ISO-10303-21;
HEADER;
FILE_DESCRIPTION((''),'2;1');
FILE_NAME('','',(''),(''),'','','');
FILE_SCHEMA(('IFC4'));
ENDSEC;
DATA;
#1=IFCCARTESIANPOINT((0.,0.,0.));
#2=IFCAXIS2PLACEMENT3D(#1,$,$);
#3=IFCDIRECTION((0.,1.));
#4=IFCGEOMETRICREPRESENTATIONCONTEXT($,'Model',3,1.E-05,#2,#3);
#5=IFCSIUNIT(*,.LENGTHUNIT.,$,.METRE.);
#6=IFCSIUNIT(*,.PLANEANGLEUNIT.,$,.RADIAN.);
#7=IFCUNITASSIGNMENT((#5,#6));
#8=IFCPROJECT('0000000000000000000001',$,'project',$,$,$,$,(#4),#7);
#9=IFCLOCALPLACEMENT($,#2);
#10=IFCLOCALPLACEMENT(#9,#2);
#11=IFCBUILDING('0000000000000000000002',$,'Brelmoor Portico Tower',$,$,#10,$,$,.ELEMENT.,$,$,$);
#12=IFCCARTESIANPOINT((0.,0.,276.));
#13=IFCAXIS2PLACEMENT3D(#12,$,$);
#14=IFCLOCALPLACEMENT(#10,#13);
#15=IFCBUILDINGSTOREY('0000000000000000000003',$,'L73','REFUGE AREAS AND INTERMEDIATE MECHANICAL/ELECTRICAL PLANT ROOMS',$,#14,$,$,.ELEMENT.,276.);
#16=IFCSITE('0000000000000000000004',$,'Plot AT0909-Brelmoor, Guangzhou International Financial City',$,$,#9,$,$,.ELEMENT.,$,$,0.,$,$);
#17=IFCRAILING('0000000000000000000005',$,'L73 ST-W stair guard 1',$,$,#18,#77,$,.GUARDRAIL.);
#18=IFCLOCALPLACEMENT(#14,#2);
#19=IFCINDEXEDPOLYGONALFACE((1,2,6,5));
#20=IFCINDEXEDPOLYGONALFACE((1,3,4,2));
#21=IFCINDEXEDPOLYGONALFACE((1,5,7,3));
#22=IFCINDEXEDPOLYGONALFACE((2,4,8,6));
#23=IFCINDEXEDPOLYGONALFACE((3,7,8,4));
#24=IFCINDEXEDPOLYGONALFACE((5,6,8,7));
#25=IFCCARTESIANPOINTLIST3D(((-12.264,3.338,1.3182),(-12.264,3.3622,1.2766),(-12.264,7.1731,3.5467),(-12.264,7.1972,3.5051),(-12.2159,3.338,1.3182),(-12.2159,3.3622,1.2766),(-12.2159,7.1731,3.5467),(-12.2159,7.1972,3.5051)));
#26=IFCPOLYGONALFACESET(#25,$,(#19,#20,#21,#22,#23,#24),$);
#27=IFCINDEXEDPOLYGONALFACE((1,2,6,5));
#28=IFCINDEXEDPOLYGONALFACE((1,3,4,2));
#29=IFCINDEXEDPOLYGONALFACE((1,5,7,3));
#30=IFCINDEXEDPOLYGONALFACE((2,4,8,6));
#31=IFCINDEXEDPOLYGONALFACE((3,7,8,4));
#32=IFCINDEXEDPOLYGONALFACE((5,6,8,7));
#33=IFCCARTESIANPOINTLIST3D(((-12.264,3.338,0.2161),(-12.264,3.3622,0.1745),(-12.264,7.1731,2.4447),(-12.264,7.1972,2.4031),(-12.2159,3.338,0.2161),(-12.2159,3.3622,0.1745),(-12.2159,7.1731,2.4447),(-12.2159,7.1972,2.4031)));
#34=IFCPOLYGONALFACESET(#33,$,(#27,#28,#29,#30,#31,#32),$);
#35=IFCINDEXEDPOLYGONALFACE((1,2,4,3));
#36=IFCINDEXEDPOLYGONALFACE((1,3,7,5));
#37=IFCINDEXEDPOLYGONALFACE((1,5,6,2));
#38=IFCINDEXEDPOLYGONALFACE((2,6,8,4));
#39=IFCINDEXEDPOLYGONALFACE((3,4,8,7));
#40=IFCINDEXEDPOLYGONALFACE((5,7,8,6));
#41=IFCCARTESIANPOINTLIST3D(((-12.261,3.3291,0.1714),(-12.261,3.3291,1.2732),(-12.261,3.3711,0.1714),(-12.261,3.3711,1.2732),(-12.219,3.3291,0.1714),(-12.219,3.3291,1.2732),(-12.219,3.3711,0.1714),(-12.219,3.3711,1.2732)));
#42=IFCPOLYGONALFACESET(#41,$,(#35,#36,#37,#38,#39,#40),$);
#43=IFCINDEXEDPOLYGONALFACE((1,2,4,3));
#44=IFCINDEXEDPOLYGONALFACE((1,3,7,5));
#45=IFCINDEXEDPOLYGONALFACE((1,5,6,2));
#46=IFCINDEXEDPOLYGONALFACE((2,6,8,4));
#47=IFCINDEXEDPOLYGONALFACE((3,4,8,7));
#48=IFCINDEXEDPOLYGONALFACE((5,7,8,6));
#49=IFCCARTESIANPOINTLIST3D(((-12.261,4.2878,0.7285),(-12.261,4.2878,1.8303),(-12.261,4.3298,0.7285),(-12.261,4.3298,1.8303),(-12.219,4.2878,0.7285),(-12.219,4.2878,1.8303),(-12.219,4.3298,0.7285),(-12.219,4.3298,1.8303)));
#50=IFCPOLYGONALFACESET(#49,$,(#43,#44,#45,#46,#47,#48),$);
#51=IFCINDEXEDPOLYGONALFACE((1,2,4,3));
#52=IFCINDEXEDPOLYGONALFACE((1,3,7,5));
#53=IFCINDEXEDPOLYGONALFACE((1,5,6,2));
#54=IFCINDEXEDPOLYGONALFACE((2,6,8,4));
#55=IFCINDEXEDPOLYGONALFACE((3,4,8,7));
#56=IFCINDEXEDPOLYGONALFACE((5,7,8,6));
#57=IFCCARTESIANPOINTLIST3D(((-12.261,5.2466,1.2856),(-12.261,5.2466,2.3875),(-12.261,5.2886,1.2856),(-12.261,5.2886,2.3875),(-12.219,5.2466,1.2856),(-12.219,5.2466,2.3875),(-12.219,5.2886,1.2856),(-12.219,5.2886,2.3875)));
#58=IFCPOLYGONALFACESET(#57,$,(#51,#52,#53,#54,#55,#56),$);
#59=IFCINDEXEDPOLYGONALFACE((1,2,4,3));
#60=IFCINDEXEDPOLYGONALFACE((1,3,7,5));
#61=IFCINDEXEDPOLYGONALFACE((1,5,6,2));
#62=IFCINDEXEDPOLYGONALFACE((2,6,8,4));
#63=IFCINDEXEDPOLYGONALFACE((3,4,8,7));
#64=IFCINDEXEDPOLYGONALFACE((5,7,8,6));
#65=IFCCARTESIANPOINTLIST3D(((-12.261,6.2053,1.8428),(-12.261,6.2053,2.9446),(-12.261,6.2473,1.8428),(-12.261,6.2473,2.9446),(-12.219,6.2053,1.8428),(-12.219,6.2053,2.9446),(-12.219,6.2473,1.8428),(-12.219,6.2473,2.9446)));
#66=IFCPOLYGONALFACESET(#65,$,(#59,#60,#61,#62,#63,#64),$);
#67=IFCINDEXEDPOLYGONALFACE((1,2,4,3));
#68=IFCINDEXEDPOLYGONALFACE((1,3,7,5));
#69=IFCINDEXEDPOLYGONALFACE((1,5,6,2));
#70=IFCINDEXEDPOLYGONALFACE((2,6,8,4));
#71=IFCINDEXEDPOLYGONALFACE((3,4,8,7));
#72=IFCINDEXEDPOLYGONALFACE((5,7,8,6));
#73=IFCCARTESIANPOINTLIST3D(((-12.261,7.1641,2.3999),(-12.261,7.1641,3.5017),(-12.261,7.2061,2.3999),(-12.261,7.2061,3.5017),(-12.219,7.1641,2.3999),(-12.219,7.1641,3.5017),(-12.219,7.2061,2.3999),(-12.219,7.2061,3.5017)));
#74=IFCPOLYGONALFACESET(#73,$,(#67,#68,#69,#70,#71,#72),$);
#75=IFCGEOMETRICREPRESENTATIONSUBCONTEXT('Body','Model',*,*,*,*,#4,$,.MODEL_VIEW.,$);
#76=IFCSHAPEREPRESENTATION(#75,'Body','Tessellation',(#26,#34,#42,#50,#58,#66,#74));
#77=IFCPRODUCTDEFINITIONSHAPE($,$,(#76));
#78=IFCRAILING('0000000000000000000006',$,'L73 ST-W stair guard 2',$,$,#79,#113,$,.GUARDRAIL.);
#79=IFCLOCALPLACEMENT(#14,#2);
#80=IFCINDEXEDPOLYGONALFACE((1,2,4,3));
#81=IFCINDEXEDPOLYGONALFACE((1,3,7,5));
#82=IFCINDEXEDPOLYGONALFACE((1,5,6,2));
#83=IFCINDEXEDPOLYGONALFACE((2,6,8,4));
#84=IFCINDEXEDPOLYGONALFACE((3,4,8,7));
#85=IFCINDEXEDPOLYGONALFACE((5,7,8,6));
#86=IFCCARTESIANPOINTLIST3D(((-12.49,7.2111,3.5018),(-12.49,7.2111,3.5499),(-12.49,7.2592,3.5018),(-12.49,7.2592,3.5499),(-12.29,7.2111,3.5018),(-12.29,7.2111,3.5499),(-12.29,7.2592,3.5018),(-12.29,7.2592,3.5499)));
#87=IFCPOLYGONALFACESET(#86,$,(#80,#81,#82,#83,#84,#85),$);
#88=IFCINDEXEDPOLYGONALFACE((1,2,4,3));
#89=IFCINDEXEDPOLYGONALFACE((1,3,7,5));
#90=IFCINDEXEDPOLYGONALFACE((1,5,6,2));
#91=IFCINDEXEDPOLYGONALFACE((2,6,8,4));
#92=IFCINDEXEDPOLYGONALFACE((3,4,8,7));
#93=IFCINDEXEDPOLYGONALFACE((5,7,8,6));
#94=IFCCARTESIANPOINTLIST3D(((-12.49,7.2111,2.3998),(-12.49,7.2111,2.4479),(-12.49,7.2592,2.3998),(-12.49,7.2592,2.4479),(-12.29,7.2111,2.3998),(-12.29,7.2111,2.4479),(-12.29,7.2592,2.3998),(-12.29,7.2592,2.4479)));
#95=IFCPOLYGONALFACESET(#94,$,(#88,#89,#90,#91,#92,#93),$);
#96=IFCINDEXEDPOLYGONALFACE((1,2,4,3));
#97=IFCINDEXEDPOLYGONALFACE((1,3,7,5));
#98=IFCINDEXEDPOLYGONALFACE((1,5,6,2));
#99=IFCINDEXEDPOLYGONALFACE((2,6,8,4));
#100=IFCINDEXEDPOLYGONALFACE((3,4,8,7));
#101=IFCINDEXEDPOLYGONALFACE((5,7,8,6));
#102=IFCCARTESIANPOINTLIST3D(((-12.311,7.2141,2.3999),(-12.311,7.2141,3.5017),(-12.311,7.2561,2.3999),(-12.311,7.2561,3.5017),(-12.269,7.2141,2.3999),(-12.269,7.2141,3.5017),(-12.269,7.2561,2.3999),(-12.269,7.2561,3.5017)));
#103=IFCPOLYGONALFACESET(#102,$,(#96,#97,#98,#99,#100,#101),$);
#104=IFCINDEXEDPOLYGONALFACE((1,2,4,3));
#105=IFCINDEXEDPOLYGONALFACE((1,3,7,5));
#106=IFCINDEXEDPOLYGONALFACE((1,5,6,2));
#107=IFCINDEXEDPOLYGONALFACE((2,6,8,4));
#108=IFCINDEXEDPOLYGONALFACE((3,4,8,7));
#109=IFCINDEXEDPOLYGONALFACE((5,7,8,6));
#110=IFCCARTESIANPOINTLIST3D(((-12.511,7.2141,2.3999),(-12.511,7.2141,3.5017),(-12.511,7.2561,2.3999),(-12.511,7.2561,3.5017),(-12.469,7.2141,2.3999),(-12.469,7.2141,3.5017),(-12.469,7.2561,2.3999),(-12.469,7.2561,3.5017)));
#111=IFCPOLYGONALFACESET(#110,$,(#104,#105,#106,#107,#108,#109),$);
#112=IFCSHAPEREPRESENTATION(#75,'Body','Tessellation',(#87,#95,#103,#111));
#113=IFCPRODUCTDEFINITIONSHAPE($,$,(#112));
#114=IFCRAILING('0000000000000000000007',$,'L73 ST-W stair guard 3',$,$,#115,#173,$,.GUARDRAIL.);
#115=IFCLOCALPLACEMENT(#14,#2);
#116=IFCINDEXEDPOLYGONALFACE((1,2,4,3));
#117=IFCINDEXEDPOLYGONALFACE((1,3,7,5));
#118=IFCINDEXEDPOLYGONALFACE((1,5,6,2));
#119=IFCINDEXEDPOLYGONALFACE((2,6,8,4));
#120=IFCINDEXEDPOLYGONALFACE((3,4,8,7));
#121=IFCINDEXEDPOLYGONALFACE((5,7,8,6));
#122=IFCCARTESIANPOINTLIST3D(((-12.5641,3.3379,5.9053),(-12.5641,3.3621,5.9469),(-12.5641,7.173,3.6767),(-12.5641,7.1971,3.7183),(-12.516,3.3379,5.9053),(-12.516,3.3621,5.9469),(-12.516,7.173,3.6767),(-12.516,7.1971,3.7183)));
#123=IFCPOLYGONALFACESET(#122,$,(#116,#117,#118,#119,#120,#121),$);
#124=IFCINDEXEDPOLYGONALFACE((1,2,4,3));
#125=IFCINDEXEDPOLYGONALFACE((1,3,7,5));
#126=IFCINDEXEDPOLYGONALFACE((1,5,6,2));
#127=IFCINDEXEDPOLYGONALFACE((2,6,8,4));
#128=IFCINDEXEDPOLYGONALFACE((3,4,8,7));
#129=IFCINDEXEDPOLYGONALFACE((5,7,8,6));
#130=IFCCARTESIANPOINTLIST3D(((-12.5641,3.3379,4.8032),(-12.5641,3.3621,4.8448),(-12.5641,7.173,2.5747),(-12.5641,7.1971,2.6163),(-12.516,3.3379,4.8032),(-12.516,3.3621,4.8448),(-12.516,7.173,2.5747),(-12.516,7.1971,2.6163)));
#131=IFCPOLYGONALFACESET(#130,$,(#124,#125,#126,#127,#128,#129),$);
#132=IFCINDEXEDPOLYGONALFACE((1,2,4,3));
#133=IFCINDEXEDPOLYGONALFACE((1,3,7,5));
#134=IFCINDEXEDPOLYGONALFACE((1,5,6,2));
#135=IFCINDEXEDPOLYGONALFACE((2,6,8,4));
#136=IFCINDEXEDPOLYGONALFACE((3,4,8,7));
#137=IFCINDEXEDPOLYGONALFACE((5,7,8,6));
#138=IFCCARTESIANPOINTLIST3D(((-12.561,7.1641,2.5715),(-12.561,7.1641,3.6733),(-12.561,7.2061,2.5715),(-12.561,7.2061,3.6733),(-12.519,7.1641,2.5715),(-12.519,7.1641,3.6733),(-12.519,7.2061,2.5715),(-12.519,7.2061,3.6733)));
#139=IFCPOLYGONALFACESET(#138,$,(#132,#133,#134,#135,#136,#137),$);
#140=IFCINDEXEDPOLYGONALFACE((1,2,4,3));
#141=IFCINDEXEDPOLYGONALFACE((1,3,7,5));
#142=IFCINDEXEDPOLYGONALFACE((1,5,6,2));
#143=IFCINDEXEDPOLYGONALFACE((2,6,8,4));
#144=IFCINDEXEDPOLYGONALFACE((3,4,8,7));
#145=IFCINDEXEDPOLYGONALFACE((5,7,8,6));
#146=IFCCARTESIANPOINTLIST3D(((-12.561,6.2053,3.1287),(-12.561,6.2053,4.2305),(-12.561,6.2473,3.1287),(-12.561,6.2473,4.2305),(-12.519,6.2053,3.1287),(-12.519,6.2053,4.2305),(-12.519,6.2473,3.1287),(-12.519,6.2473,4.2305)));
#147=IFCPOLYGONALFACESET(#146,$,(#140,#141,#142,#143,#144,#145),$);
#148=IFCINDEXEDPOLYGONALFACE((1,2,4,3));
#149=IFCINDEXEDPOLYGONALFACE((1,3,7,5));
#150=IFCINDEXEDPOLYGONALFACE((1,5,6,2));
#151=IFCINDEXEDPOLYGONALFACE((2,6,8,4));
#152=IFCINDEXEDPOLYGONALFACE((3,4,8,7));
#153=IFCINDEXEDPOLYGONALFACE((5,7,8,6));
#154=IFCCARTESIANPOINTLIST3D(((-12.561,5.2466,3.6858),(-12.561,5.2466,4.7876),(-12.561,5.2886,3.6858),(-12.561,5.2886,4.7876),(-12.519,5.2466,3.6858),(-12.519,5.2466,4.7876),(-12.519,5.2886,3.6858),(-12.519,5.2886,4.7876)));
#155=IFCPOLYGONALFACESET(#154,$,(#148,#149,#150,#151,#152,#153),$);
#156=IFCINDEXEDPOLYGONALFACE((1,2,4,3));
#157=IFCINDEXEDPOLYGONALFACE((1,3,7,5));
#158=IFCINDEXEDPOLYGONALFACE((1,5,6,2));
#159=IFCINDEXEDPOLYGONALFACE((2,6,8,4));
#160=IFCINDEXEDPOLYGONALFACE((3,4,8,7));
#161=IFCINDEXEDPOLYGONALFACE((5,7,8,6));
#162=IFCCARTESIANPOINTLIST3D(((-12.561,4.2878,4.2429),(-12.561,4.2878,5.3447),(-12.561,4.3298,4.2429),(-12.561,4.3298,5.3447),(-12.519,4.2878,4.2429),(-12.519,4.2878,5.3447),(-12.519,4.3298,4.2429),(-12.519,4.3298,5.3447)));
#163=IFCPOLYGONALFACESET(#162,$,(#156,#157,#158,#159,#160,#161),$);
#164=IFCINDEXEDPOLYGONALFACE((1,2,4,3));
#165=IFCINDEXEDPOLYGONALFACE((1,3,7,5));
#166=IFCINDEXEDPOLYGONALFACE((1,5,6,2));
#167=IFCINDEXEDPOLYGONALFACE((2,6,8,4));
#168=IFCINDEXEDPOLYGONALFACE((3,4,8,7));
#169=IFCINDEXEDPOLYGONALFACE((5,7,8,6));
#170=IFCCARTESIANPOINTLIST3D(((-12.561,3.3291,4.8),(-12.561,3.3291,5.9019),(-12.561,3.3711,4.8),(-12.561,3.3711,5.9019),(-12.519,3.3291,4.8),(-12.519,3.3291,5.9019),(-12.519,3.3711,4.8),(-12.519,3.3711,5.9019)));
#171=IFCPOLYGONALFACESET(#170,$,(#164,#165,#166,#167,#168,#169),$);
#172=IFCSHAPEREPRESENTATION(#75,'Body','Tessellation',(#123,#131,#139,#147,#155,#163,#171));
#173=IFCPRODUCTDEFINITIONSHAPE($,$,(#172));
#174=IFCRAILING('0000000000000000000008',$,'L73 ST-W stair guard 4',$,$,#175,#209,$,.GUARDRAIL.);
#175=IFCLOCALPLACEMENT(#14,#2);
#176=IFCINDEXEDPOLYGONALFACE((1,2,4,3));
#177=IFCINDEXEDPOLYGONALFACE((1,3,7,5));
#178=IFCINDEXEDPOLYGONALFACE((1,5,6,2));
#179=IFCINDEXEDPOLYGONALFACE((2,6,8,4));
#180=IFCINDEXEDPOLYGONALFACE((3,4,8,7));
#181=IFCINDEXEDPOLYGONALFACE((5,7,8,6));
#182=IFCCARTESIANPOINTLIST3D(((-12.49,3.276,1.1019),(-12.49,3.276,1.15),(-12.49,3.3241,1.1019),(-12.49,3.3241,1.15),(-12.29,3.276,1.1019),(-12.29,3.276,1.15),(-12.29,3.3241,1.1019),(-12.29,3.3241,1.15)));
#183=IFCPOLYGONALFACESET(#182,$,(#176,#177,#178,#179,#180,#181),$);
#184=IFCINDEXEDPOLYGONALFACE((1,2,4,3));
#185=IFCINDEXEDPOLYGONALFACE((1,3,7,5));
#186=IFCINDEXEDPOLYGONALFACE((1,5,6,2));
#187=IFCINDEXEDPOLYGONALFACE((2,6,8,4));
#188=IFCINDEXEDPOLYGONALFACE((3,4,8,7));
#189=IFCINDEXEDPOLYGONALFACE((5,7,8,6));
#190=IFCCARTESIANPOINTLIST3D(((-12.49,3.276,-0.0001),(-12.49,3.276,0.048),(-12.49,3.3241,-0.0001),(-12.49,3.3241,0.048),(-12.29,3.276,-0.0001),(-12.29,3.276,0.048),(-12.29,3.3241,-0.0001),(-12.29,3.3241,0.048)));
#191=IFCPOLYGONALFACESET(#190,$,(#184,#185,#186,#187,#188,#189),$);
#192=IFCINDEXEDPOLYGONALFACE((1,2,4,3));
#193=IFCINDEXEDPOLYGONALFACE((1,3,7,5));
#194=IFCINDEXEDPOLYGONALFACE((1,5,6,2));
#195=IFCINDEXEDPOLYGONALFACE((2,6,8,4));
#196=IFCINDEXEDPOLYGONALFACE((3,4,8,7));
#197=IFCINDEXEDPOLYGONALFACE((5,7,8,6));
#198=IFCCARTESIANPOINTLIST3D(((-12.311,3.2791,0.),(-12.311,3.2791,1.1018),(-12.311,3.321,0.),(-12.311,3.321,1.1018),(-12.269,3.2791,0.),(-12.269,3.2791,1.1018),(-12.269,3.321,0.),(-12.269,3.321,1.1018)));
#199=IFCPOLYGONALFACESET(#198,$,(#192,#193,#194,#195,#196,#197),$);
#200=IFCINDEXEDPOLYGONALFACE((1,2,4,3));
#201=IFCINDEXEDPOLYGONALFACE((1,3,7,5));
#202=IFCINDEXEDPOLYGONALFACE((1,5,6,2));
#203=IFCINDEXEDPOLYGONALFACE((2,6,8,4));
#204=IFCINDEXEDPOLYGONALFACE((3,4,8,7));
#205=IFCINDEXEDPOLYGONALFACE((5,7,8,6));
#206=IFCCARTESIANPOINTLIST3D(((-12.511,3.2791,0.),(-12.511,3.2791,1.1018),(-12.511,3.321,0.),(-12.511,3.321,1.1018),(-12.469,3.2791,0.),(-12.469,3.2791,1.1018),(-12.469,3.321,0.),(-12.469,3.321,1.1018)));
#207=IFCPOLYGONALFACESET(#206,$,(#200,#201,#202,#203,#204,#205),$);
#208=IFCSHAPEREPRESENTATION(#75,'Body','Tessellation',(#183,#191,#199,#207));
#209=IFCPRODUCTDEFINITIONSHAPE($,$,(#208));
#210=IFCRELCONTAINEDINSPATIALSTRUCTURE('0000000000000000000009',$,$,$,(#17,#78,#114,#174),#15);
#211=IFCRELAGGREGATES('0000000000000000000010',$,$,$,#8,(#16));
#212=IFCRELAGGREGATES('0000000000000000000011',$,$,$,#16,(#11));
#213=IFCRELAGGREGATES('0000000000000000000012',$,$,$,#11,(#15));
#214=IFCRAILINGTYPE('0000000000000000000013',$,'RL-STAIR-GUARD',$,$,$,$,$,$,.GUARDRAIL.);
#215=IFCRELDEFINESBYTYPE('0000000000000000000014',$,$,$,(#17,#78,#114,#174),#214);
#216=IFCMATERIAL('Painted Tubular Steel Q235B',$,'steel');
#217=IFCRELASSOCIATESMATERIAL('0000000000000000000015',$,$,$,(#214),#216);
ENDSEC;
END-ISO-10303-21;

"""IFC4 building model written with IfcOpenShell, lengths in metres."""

from ifc_helpers import new_model, si_unit, direction, frame, origin, origin_2d, place, context, subcontext, project, spatial, rectangle, extrude, material, type_object, element, save


model = new_model("IFC4")

# Units and contexts
model_context = context("Model", 3, precision=1e-05, world=origin(), true_north=direction((0.0, 1.0)))
body_context = subcontext(model_context, "Body", "Model", "MODEL_VIEW")
ifc_project = project(units=[si_unit("LENGTHUNIT", "METRE"), si_unit("PLANEANGLEUNIT", "RADIAN")], contexts=[model_context])

# Site, building, storey
site_placement = place(None, origin())
site = spatial("IfcSite", under=ifc_project, at=site_placement, Name="Plot AT0909-Brelmoor, Guangzhou International Financial City", CompositionType="ELEMENT", RefElevation=0.0)
building_placement = place(site_placement, origin())
building = spatial("IfcBuilding", under=site, at=building_placement, Name="Brelmoor Portico Tower", CompositionType="ELEMENT")
storey_placement = place(building_placement, frame((0.0, 0.0, 276.0)))
storey = spatial("IfcBuildingStorey", under=building, at=storey_placement, Name="L73", Description="REFUGE AREAS AND INTERMEDIATE MECHANICAL/ELECTRICAL PLANT ROOMS", CompositionType="ELEMENT", Elevation=276.0)

# Railings
ifc_material_1 = material(Name="Painted Tubular Steel Q235B", Category="steel")
railing_type_1 = type_object("IfcRailingType", Name="RL-STAIR-GUARD", PredefinedType="GUARDRAIL", material=ifc_material_1)
railing_1_placement = place(storey_placement, frame((-12.24, 3.3501, 0.1714)))
element("IfcRailing", 1, at=railing_1_placement, inside=storey, type_object=railing_type_1, Name="L73 ST-W stair guard 1", PredefinedType="GUARDRAIL", context=body_context, shape_type="SweptSolid", body=[
    extrude(rectangle(XDim=0.0481, YDim=0.0481, at=origin_2d()), frame((0.0, 0.0, 1.126), z_axis=(0.0, 0.864616, 0.502433), x_axis=(-1.0, 0.0, 0.0)), (0.0, 0.0, 1.0), 4.4355),
    extrude(rectangle(XDim=0.0481, YDim=0.0481, at=origin_2d()), frame((0.0, 0.0, 0.0239), z_axis=(0.0, 0.864616, 0.502433), x_axis=(-1.0, 0.0, 0.0)), (0.0, 0.0, 1.0), 4.4355),
    extrude(rectangle(XDim=0.042, YDim=0.042, at=origin_2d()), origin(), (0.0, 0.0, 1.0), 1.1018),
    extrude(rectangle(XDim=0.042, YDim=0.042, at=origin_2d()), frame((0.0, 0.9587, 0.5571)), (0.0, 0.0, 1.0), 1.1018),
    extrude(rectangle(XDim=0.042, YDim=0.042, at=origin_2d()), frame((0.0, 1.9175, 1.1143)), (0.0, 0.0, 1.0), 1.1018),
    extrude(rectangle(XDim=0.042, YDim=0.042, at=origin_2d()), frame((0.0, 2.8762, 1.6714)), (0.0, 0.0, 1.0), 1.1018),
    extrude(rectangle(XDim=0.042, YDim=0.042, at=origin_2d()), frame((0.0, 3.835, 2.2285)), (0.0, 0.0, 1.0), 1.1018),
])
railing_2_placement = place(storey_placement, frame((-12.29, 7.2351, 2.3999)))
element("IfcRailing", 2, at=railing_2_placement, inside=storey, type_object=railing_type_1, Name="L73 ST-W stair guard 2", PredefinedType="GUARDRAIL", context=body_context, shape_type="SweptSolid", body=[
    extrude(rectangle(XDim=0.0481, YDim=0.0481, at=origin_2d()), frame((0.0, 0.0, 1.126), z_axis=(-1.0, 0.0, 0.0), x_axis=(0.0, -1.0, 0.0)), (0.0, 0.0, 1.0), 0.2),
    extrude(rectangle(XDim=0.0481, YDim=0.0481, at=origin_2d()), frame((0.0, 0.0, 0.0239), z_axis=(-1.0, 0.0, 0.0), x_axis=(0.0, -1.0, 0.0)), (0.0, 0.0, 1.0), 0.2),
    extrude(rectangle(XDim=0.042, YDim=0.042, at=origin_2d()), origin(), (0.0, 0.0, 1.0), 1.1018),
    extrude(rectangle(XDim=0.042, YDim=0.042, at=origin_2d()), frame((-0.2, 0.0, 0.0)), (0.0, 0.0, 1.0), 1.1018),
])
railing_3_placement = place(storey_placement, frame((-12.54, 7.1851, 2.5715)))
element("IfcRailing", 3, at=railing_3_placement, inside=storey, type_object=railing_type_1, Name="L73 ST-W stair guard 3", PredefinedType="GUARDRAIL", context=body_context, shape_type="SweptSolid", body=[
    extrude(rectangle(XDim=0.0481, YDim=0.0481, at=origin_2d()), frame((0.0, 0.0, 1.126), z_axis=(0.0, -0.864616, 0.502433), x_axis=(1.0, 0.0, 0.0)), (0.0, 0.0, 1.0), 4.4355),
    extrude(rectangle(XDim=0.0481, YDim=0.0481, at=origin_2d()), frame((0.0, 0.0, 0.0239), z_axis=(0.0, -0.864616, 0.502433), x_axis=(1.0, 0.0, 0.0)), (0.0, 0.0, 1.0), 4.4355),
    extrude(rectangle(XDim=0.042, YDim=0.042, at=origin_2d()), origin(), (0.0, 0.0, 1.0), 1.1018),
    extrude(rectangle(XDim=0.042, YDim=0.042, at=origin_2d()), frame((0.0, -0.9587, 0.5571)), (0.0, 0.0, 1.0), 1.1018),
    extrude(rectangle(XDim=0.042, YDim=0.042, at=origin_2d()), frame((0.0, -1.9175, 1.1143)), (0.0, 0.0, 1.0), 1.1018),
    extrude(rectangle(XDim=0.042, YDim=0.042, at=origin_2d()), frame((0.0, -2.8762, 1.6714)), (0.0, 0.0, 1.0), 1.1018),
    extrude(rectangle(XDim=0.042, YDim=0.042, at=origin_2d()), frame((0.0, -3.835, 2.2285)), (0.0, 0.0, 1.0), 1.1018),
])
railing_4_placement = place(storey_placement, frame((-12.29, 3.3, 0.0)))
element("IfcRailing", 4, at=railing_4_placement, inside=storey, type_object=railing_type_1, Name="L73 ST-W stair guard 4", PredefinedType="GUARDRAIL", context=body_context, shape_type="SweptSolid", body=[
    extrude(rectangle(XDim=0.0481, YDim=0.0481, at=origin_2d()), frame((0.0, 0.0, 1.126), z_axis=(-1.0, 0.0, 0.0), x_axis=(0.0, -1.0, 0.0)), (0.0, 0.0, 1.0), 0.2),
    extrude(rectangle(XDim=0.0481, YDim=0.0481, at=origin_2d()), frame((0.0, 0.0, 0.0239), z_axis=(-1.0, 0.0, 0.0), x_axis=(0.0, -1.0, 0.0)), (0.0, 0.0, 1.0), 0.2),
    extrude(rectangle(XDim=0.042, YDim=0.042, at=origin_2d()), origin(), (0.0, 0.0, 1.0), 1.1018),
    extrude(rectangle(XDim=0.042, YDim=0.042, at=origin_2d()), frame((-0.2, 0.0, 0.0)), (0.0, 0.0, 1.0), 1.1018),
])

save(model, "model.ifc")
